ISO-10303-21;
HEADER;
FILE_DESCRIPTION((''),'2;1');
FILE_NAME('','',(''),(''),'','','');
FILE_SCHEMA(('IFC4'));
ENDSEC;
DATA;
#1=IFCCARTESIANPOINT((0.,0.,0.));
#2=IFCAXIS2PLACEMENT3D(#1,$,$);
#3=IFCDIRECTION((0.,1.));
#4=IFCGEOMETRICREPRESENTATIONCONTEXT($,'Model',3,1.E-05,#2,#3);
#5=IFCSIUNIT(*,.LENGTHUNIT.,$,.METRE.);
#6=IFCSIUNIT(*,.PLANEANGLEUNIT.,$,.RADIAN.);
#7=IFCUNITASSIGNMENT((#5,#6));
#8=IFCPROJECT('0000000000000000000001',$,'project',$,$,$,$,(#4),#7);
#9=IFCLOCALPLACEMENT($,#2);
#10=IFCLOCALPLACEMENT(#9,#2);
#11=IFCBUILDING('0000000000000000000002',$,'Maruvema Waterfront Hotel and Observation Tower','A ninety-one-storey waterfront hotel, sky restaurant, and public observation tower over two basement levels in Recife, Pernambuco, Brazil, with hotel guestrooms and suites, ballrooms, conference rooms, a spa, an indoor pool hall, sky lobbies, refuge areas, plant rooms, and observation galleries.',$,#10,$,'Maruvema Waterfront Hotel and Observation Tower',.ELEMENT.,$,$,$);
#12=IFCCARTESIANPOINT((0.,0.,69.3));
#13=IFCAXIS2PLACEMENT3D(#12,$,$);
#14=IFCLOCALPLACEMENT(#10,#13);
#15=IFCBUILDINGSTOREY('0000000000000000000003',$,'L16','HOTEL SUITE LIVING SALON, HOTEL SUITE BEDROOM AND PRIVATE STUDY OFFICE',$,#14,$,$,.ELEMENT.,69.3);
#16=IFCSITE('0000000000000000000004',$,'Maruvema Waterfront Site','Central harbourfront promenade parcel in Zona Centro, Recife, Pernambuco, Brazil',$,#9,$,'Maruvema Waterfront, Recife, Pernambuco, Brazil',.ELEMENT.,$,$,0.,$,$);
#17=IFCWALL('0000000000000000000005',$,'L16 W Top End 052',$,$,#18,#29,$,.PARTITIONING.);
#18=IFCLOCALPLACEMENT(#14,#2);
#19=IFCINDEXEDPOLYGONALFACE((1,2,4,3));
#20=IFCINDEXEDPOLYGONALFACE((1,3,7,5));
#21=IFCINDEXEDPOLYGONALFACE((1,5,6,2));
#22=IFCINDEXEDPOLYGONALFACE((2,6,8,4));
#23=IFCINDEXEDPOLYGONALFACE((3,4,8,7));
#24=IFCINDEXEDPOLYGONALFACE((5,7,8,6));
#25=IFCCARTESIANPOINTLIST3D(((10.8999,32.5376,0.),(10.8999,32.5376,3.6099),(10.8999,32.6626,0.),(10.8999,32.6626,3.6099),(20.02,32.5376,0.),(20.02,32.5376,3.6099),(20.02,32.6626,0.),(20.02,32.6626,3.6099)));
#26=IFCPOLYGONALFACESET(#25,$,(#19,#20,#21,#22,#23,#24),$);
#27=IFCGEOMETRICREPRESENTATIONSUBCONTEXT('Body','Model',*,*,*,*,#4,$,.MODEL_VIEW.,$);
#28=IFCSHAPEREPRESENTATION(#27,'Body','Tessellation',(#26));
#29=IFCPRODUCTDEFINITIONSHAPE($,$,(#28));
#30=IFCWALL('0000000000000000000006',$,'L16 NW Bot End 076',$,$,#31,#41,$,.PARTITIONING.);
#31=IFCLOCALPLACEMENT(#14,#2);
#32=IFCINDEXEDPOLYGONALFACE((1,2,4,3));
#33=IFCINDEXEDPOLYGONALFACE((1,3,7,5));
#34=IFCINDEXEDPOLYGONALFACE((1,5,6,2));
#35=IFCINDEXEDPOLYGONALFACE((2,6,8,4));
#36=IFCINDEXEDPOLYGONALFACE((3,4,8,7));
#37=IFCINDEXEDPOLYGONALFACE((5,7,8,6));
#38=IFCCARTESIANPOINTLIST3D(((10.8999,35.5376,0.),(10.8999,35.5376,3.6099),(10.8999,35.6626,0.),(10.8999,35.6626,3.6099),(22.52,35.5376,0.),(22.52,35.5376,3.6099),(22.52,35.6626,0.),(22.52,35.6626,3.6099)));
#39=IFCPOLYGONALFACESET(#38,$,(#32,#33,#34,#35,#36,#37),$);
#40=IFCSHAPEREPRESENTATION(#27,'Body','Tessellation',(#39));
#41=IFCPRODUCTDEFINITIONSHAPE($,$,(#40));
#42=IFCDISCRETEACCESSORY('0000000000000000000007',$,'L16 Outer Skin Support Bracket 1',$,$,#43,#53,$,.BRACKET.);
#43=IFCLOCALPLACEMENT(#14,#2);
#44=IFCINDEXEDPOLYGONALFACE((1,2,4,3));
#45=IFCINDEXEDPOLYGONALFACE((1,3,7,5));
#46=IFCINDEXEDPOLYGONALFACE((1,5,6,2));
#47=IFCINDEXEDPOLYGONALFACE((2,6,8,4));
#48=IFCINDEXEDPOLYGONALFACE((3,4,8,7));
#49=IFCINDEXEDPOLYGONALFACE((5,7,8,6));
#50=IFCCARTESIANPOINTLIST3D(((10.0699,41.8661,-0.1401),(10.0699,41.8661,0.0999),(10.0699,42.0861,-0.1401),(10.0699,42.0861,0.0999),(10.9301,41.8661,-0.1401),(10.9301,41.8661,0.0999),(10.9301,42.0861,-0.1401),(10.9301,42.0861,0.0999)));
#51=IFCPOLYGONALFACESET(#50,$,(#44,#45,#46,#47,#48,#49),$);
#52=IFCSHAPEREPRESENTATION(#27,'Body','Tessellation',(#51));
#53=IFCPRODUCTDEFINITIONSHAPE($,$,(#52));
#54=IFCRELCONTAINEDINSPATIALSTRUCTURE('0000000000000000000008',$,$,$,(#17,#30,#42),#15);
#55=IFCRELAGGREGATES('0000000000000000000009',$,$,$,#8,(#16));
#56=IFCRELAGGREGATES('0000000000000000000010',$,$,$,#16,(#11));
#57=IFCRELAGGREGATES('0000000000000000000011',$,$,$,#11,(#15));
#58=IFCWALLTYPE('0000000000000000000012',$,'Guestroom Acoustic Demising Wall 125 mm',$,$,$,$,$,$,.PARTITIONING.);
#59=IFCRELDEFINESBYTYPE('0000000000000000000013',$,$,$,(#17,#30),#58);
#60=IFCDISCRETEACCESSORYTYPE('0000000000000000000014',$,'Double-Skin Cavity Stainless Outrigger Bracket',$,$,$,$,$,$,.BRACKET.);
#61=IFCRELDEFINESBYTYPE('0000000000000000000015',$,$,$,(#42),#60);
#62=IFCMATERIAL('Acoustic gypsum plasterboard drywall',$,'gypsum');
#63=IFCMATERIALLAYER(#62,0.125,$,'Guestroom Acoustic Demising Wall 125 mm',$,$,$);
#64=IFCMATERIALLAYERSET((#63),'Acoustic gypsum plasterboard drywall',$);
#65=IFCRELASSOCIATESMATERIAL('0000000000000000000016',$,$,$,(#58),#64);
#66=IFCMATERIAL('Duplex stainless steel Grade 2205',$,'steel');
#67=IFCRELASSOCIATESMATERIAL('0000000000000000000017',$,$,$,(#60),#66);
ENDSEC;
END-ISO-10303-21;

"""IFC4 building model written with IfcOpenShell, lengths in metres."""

from ifc_helpers import new_model, si_unit, direction, frame, frame_2d, origin, origin_2d, place, context, subcontext, project, spatial, rectangle, extrude, material, layer, layer_set, type_object, element, save


model = new_model("IFC4")

# Units and contexts
model_context = context("Model", 3, precision=1e-05, world=origin(), true_north=direction((0.0, 1.0)))
body_context = subcontext(model_context, "Body", "Model", "MODEL_VIEW")
ifc_project = project(units=[si_unit("LENGTHUNIT", "METRE"), si_unit("PLANEANGLEUNIT", "RADIAN")], contexts=[model_context])

# Site, building, storey
site_placement = place(None, origin())
site = spatial("IfcSite", under=ifc_project, at=site_placement, Name="Maruvema Waterfront Site", Description="Central harbourfront promenade parcel in Zona Centro, Recife, Pernambuco, Brazil", LongName="Maruvema Waterfront, Recife, Pernambuco, Brazil", CompositionType="ELEMENT", RefElevation=0.0)
building_placement = place(site_placement, origin())
building = spatial("IfcBuilding", under=site, at=building_placement, Name="Maruvema Waterfront Hotel and Observation Tower", Description="A ninety-one-storey waterfront hotel, sky restaurant, and public observation tower over two basement levels in Recife, Pernambuco, Brazil, with hotel guestrooms and suites, ballrooms, conference rooms, a spa, an indoor pool hall, sky lobbies, refuge areas, plant rooms, and observation galleries.", LongName="Maruvema Waterfront Hotel and Observation Tower", CompositionType="ELEMENT")
storey_placement = place(building_placement, frame((0.0, 0.0, 69.3)))
storey = spatial("IfcBuildingStorey", under=building, at=storey_placement, Name="L16", Description="HOTEL SUITE LIVING SALON, HOTEL SUITE BEDROOM AND PRIVATE STUDY OFFICE", CompositionType="ELEMENT", Elevation=69.3)

# Walls
ifc_material_1 = material(Name="Acoustic gypsum plasterboard drywall", Category="gypsum")
ifc_layer_1 = layer(ifc_material_1, 0.125, Name="Guestroom Acoustic Demising Wall 125 mm")
ifc_layer_set_1 = layer_set([ifc_layer_1], Name="Acoustic gypsum plasterboard drywall")
wall_type_1 = type_object("IfcWallType", Name="Guestroom Acoustic Demising Wall 125 mm", PredefinedType="PARTITIONING", material=ifc_layer_set_1)
wall_1_placement = place(storey_placement, frame((10.8999, 32.6001, 0.0), z_axis=(0.0, 0.0, 1.0), x_axis=(1.0, 0.0, 0.0)))
element("IfcWall", 1, at=wall_1_placement, inside=storey, type_object=wall_type_1, Name="L16 W Top End 052", PredefinedType="PARTITIONING", context=body_context, shape_type="SweptSolid", body=[
    extrude(rectangle(XDim=9.1201, YDim=0.125, at=frame_2d((4.5601, 0.0))), origin(), (0.0, 0.0, 1.0), 3.6099),
])
wall_2_placement = place(storey_placement, frame((10.8999, 35.6001, 0.0), z_axis=(0.0, 0.0, 1.0), x_axis=(1.0, 0.0, 0.0)))
element("IfcWall", 2, at=wall_2_placement, inside=storey, type_object=wall_type_1, Name="L16 NW Bot End 076", PredefinedType="PARTITIONING", context=body_context, shape_type="SweptSolid", body=[
    extrude(rectangle(XDim=11.6201, YDim=0.125, at=frame_2d((5.8101, 0.0))), origin(), (0.0, 0.0, 1.0), 3.6099),
])

# Discrete accessory
ifc_material_2 = material(Name="Duplex stainless steel Grade 2205", Category="steel")
discrete_accessory_type = type_object("IfcDiscreteAccessoryType", Name="Double-Skin Cavity Stainless Outrigger Bracket", PredefinedType="BRACKET", material=ifc_material_2)
discrete_accessory_placement = place(storey_placement, frame((10.5, 41.9761, -0.1401), z_axis=(0.0, 0.0, 1.0), x_axis=(0.0, -1.0, 0.0)))
element("IfcDiscreteAccessory", 3, at=discrete_accessory_placement, inside=storey, type_object=discrete_accessory_type, Name="L16 Outer Skin Support Bracket 1", PredefinedType="BRACKET", context=body_context, shape_type="SweptSolid", body=[
    extrude(rectangle(XDim=0.22, YDim=0.8601, at=origin_2d()), origin(), (0.0, 0.0, 1.0), 0.24),
])

save(model, "model.ifc")
